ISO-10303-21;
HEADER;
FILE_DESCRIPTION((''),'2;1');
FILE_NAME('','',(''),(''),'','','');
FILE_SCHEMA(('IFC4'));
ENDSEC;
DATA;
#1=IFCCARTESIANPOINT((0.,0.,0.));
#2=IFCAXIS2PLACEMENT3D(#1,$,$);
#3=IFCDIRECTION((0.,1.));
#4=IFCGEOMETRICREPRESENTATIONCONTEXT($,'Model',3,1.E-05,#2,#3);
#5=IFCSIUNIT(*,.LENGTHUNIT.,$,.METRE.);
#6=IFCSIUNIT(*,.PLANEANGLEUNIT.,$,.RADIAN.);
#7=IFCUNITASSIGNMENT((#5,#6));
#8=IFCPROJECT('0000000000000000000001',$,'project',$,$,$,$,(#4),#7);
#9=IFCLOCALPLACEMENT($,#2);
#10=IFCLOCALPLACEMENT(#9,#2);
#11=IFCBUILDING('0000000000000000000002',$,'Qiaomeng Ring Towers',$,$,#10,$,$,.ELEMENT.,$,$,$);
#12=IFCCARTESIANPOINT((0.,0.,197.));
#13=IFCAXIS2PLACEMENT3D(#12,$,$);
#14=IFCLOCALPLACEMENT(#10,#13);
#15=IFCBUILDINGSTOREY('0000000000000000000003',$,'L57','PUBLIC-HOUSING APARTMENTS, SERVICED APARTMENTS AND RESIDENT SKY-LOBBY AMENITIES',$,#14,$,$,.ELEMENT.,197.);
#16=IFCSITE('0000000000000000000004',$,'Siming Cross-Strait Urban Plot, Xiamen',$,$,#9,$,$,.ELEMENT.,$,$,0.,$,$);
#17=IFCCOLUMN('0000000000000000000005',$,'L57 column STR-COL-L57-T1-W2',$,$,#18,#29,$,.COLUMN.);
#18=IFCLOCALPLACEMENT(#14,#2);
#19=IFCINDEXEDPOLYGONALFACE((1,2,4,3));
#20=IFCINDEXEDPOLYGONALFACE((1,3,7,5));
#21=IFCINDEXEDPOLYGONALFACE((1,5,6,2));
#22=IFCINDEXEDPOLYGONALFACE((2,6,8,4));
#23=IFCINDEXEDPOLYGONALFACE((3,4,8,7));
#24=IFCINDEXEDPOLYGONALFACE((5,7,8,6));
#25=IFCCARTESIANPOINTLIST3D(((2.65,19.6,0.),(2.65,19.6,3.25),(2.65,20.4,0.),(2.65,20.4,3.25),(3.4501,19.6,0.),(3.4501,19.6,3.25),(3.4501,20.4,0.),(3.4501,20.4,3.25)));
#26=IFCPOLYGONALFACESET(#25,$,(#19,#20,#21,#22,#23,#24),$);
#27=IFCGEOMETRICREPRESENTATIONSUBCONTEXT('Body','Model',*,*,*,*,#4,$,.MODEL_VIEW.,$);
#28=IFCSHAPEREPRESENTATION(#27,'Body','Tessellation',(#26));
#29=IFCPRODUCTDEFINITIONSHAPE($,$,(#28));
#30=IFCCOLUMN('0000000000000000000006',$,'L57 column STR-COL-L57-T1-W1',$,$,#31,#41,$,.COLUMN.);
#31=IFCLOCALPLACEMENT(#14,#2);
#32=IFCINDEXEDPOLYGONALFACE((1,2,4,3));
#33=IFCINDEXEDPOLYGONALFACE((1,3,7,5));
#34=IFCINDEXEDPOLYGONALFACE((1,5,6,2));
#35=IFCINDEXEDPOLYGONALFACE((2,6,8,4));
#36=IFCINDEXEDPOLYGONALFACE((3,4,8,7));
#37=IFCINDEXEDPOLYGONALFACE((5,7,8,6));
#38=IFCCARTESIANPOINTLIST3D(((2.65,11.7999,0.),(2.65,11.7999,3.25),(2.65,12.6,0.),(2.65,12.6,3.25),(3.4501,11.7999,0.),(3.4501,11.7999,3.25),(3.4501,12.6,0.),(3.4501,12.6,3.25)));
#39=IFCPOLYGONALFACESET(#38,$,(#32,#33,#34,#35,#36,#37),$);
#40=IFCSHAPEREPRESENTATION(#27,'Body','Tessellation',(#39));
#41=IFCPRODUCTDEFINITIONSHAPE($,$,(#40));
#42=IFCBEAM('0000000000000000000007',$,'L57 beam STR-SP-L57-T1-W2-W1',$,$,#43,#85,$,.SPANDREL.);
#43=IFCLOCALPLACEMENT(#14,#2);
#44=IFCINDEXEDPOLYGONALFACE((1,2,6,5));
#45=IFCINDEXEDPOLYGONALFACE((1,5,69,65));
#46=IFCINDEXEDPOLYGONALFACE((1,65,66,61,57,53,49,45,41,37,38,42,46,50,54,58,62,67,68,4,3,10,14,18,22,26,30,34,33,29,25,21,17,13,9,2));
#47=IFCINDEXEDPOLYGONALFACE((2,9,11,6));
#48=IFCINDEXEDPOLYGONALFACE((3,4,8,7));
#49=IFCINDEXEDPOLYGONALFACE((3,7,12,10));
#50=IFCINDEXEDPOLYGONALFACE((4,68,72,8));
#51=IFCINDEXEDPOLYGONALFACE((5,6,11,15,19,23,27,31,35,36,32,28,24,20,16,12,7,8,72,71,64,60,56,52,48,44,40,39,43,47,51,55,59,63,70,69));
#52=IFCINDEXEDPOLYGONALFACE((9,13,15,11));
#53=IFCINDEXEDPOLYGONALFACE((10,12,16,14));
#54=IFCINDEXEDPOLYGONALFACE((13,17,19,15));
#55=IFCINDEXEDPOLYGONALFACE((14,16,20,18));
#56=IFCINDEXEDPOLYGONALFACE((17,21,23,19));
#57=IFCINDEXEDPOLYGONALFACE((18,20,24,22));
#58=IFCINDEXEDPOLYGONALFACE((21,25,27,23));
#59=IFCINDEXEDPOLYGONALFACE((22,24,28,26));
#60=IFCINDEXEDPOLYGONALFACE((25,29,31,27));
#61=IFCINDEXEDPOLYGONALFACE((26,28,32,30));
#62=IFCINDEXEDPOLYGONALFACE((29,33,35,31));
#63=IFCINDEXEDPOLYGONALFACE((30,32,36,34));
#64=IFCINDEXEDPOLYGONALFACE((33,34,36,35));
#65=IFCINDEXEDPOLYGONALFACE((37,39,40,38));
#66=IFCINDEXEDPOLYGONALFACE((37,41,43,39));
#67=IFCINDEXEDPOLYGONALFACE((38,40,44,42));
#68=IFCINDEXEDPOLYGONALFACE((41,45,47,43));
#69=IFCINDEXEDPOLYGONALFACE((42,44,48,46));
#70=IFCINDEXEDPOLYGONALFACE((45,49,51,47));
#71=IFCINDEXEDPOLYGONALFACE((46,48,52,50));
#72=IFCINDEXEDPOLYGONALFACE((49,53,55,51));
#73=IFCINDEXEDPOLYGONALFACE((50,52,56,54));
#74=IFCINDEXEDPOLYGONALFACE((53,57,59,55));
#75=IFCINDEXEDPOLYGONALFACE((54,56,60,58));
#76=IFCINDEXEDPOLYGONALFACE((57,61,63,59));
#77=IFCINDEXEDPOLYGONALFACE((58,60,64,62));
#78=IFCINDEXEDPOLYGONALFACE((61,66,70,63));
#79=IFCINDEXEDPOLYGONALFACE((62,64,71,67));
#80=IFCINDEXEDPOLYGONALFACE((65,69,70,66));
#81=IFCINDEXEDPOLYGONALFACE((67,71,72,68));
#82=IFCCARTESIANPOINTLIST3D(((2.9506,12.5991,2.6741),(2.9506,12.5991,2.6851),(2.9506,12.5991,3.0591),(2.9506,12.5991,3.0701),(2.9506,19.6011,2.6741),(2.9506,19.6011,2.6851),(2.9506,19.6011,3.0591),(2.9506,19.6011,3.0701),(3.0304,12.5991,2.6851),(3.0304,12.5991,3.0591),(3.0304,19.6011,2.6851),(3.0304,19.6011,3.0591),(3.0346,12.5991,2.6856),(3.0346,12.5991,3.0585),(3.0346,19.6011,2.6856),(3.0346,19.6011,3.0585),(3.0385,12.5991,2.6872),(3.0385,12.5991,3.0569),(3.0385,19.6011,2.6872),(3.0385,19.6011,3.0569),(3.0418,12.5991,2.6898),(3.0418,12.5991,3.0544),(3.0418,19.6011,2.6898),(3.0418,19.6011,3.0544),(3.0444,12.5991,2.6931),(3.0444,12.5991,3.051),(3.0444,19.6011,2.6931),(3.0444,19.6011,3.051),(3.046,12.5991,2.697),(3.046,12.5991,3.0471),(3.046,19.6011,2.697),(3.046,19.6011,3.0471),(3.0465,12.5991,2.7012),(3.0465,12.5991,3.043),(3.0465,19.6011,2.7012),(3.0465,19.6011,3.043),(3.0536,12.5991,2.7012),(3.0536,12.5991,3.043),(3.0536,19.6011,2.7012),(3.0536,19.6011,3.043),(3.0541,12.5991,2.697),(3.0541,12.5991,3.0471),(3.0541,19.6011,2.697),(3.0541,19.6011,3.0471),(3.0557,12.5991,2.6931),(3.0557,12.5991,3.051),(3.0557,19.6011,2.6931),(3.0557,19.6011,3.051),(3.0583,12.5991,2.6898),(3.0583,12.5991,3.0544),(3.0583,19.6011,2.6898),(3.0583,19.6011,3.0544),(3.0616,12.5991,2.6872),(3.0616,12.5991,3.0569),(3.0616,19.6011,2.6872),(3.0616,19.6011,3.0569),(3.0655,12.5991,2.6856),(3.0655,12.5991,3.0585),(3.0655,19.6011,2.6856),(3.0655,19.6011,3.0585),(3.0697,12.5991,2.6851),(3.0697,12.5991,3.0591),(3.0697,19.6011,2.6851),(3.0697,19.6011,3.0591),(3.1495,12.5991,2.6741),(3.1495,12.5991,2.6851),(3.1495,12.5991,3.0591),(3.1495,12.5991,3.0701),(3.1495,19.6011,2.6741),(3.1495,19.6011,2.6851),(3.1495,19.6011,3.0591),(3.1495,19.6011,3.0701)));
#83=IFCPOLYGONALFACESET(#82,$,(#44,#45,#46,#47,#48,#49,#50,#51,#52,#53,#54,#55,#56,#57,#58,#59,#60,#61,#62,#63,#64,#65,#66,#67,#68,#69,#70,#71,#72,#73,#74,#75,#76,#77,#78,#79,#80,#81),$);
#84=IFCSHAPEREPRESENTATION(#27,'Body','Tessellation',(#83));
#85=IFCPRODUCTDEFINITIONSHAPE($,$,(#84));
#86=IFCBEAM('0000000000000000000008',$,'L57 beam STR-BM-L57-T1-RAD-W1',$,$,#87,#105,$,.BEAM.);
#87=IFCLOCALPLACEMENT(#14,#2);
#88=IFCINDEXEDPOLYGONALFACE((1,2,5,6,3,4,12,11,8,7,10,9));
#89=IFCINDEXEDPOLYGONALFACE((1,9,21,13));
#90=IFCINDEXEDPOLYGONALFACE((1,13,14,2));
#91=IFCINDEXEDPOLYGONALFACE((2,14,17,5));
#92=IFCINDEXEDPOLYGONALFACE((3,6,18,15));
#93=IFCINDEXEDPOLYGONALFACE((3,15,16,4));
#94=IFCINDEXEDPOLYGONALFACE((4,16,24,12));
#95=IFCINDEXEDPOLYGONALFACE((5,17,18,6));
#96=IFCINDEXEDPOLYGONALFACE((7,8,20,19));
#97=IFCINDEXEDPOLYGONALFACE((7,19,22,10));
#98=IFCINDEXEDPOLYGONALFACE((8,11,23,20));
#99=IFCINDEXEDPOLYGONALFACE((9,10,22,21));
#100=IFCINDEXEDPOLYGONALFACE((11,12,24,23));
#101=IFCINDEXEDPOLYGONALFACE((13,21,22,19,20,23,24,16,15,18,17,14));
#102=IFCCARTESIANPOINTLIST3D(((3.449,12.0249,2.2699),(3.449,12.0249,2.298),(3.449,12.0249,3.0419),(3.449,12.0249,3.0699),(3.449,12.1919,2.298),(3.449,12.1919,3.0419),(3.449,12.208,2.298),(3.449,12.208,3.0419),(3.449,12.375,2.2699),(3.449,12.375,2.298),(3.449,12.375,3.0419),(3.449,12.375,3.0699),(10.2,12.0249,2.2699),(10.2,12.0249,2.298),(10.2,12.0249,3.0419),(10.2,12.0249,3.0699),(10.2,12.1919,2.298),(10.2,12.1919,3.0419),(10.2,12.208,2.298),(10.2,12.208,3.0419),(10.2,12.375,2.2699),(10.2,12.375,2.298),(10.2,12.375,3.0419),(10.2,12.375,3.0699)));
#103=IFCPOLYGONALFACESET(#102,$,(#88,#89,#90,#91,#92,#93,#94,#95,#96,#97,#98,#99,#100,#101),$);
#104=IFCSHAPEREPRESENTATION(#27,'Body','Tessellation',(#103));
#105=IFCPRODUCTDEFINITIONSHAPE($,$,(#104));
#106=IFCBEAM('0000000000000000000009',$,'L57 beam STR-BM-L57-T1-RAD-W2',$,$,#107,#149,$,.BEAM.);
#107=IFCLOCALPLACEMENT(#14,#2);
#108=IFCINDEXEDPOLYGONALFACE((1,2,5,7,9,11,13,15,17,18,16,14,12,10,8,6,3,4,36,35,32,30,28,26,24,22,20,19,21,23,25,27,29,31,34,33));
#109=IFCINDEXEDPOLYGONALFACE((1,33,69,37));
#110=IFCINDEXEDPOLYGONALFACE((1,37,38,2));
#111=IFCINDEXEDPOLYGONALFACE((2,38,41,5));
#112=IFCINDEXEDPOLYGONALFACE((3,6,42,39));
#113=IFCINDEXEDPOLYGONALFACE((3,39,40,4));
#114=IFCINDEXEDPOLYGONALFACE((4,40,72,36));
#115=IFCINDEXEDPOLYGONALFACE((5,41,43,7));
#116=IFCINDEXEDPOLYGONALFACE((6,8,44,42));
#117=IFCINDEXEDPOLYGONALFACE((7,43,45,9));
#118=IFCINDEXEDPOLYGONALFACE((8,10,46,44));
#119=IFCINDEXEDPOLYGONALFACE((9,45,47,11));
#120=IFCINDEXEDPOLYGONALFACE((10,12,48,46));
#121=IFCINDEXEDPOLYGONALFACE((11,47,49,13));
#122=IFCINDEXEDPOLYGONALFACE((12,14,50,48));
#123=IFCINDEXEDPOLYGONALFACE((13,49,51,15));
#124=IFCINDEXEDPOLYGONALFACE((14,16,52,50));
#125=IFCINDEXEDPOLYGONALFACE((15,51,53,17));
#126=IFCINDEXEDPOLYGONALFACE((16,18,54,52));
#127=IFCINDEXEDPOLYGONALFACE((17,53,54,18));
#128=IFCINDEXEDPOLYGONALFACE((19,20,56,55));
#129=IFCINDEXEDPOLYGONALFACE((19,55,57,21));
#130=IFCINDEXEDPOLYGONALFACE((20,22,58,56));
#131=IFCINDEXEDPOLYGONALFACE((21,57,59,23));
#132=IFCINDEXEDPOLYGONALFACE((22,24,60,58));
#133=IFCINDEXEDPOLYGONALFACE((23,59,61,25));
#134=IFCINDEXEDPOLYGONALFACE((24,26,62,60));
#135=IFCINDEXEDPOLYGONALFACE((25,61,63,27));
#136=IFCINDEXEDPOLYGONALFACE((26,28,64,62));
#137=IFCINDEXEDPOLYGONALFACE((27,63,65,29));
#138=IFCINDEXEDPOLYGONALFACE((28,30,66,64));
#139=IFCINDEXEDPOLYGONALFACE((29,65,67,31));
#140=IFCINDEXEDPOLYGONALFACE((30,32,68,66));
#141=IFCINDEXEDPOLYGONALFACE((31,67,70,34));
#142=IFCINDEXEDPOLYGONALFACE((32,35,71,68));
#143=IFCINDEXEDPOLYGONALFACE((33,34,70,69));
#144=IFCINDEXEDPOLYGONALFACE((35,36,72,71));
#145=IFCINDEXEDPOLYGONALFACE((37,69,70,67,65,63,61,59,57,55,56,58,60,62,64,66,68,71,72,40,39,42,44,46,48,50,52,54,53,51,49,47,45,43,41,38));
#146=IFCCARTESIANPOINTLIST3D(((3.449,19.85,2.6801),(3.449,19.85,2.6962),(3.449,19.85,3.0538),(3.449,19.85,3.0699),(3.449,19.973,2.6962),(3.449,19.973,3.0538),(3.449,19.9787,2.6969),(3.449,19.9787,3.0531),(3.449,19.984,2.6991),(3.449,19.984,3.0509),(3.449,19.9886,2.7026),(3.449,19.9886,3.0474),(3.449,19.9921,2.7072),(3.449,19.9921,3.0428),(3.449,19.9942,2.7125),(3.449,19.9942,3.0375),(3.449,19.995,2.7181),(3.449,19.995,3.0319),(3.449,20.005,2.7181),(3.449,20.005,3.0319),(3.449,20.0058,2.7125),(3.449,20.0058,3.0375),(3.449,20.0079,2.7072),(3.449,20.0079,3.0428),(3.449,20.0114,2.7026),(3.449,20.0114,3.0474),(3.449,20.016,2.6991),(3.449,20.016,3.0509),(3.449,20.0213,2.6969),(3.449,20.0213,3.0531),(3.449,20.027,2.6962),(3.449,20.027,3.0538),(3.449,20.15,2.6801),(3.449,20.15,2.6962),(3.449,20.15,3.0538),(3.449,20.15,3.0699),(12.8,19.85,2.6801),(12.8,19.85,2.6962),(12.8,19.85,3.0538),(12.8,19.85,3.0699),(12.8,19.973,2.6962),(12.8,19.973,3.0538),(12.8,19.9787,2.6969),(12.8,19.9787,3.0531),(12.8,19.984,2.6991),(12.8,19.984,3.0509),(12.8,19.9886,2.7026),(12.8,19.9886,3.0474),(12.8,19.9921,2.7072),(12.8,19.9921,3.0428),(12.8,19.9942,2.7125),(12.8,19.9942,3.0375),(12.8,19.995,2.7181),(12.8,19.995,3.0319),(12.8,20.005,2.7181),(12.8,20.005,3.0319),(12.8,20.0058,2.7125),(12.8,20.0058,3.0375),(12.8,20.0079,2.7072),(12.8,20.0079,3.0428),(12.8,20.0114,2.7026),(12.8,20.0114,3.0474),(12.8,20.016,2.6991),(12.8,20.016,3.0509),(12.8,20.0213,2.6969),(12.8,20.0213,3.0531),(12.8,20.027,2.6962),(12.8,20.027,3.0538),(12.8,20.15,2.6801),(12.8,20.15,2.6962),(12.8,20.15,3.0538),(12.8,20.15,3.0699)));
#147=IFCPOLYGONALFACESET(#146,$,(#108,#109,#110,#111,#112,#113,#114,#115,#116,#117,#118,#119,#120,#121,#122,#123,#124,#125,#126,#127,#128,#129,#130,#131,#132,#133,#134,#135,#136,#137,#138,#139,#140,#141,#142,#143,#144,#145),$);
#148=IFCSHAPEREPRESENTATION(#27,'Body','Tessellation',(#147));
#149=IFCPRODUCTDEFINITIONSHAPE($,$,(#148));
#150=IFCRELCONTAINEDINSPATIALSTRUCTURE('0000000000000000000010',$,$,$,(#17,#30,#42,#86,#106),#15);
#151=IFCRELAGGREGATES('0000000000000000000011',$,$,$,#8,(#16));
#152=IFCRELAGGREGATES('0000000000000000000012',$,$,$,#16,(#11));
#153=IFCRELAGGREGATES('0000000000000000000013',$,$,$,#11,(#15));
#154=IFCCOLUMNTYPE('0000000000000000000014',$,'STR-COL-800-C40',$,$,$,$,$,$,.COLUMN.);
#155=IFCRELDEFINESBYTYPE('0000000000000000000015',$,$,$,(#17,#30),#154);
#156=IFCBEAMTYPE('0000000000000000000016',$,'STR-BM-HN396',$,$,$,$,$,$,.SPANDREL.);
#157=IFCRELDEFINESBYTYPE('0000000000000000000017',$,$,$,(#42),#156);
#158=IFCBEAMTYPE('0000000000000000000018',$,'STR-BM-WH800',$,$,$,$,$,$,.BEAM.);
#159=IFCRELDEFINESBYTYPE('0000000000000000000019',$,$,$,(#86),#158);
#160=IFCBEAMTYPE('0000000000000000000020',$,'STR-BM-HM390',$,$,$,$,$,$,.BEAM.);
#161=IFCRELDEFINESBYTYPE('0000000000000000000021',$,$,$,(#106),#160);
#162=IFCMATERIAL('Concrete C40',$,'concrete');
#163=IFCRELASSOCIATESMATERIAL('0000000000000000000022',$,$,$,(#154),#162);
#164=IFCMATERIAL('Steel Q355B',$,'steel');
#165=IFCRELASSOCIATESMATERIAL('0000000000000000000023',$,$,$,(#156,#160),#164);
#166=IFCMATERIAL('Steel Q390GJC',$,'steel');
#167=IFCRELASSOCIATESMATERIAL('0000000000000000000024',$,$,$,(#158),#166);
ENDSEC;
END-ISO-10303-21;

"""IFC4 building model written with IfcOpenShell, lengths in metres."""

from ifc_helpers import new_model, si_unit, direction, frame, origin, origin_2d, place, context, subcontext, project, spatial, rectangle, i_section, extrude, source, transform, mapped, material, material_profile, profile_set, type_object, element, save


model = new_model("IFC4")

# Units and contexts
model_context = context("Model", 3, precision=1e-05, world=origin(), true_north=direction((0.0, 1.0)))
body_context = subcontext(model_context, "Body", "Model", "MODEL_VIEW")
ifc_project = project(units=[si_unit("LENGTHUNIT", "METRE"), si_unit("PLANEANGLEUNIT", "RADIAN")], contexts=[model_context])

# Site, building, storey
site_placement = place(None, origin())
site = spatial("IfcSite", under=ifc_project, at=site_placement, Name="Siming Cross-Strait Urban Plot, Xiamen", CompositionType="ELEMENT", RefElevation=0.0)
building_placement = place(site_placement, origin())
building = spatial("IfcBuilding", under=site, at=building_placement, Name="Qiaomeng Ring Towers", CompositionType="ELEMENT")
storey_placement = place(building_placement, frame((0.0, 0.0, 197.0)))
storey = spatial("IfcBuildingStorey", under=building, at=storey_placement, Name="L57", Description="PUBLIC-HOUSING APARTMENTS, SERVICED APARTMENTS AND RESIDENT SKY-LOBBY AMENITIES", CompositionType="ELEMENT", Elevation=197.0)

# Columns
ifc_material_1 = material(Name="Concrete C40", Category="concrete")
ifc_material_profile_1 = material_profile(ifc_material_1, rectangle(XDim=0.8, YDim=0.8, at=origin_2d()), Name="RC COL 800x800")
ifc_profile_set_1 = profile_set([ifc_material_profile_1], Name="Concrete C40")
column_type = type_object("IfcColumnType", Name="STR-COL-800-C40", PredefinedType="COLUMN", material=ifc_profile_set_1)
shared_shape_1 = source(origin(), body_context, "Body", "SweptSolid", [
    extrude(rectangle(XDim=0.8, YDim=0.8, at=origin_2d()), origin(), (0.0, 0.0, 1.0), 3.25),
])
for number, where, z_axis, x_axis, name in (
    (1, (3.05, 20.0, 0.0), (0.0, 0.0, 1.0), (1.0, 0.0, 0.0), "L57 column STR-COL-L57-T1-W2"),
    (2, (3.05, 12.2, 0.0), (0.0, 0.0, 1.0), (1.0, 0.0, 0.0), "L57 column STR-COL-L57-T1-W1"),
):
    element("IfcColumn", number, at=place(storey_placement, frame(where, z_axis=z_axis, x_axis=x_axis)), inside=storey, type_object=column_type, Name=name, PredefinedType="COLUMN", context=body_context, shape_type="MappedRepresentation", body=[
        mapped(shared_shape_1, transform((0.0, 0.0, 0.0), x_axis=(1.0, 0.0, 0.0), y_axis=(0.0, 1.0, 0.0), z_axis=(0.0, 0.0, 1.0), scale=1.0)),
    ])

# Beams
ifc_material_2 = material(Name="Steel Q355B", Category="steel")
ifc_material_profile_2 = material_profile(ifc_material_2, i_section(OverallWidth=0.199, OverallDepth=0.396, WebThickness=0.0071, FlangeThickness=0.011, FilletRadius=0.0161, at=origin_2d()), Name="HN 396x199x7x11")
ifc_profile_set_2 = profile_set([ifc_material_profile_2], Name="Steel Q355B")
beam_type_1 = type_object("IfcBeamType", Name="STR-BM-HN396", PredefinedType="SPANDREL", material=ifc_profile_set_2)
shared_shape_2 = source(origin(), body_context, "Body", "SweptSolid", [
    extrude(i_section(OverallWidth=0.199, OverallDepth=0.396, WebThickness=0.0071, FlangeThickness=0.011, FilletRadius=0.0161, at=origin_2d()), origin(), (0.0, 0.0, 1.0), 7.002),
])
beam_1_placement = place(storey_placement, frame((3.05, 19.6011, 2.8721), z_axis=(0.0, -1.0, 0.0), x_axis=(1.0, 0.0, 0.0)))
element("IfcBeam", 3, at=beam_1_placement, inside=storey, type_object=beam_type_1, Name="L57 beam STR-SP-L57-T1-W2-W1", PredefinedType="SPANDREL", context=body_context, shape_type="MappedRepresentation", body=[
    mapped(shared_shape_2, transform((0.0, 0.0, 0.0), x_axis=(1.0, 0.0, 0.0), y_axis=(0.0, 1.0, 0.0), z_axis=(0.0, 0.0, 1.0), scale=1.0)),
])
ifc_material_3 = material(Name="Steel Q390GJC", Category="steel")
ifc_material_profile_3 = material_profile(ifc_material_3, i_section(OverallWidth=0.3501, OverallDepth=0.8, WebThickness=0.0161, FlangeThickness=0.0281, at=origin_2d()), Name="WH 800x350x16x28")
ifc_profile_set_3 = profile_set([ifc_material_profile_3], Name="Steel Q390GJC")
beam_type_2 = type_object("IfcBeamType", Name="STR-BM-WH800", PredefinedType="BEAM", material=ifc_profile_set_3)
shared_shape_3 = source(origin(), body_context, "Body", "SweptSolid", [
    extrude(i_section(OverallWidth=0.3501, OverallDepth=0.8, WebThickness=0.0161, FlangeThickness=0.0281, at=origin_2d()), origin(), (0.0, 0.0, 1.0), 6.751),
])
beam_2_placement = place(storey_placement, frame((3.449, 12.2, 2.6699), z_axis=(1.0, 0.0, 0.0), x_axis=(0.0, 1.0, 0.0)))
element("IfcBeam", 4, at=beam_2_placement, inside=storey, type_object=beam_type_2, Name="L57 beam STR-BM-L57-T1-RAD-W1", PredefinedType="BEAM", context=body_context, shape_type="MappedRepresentation", body=[
    mapped(shared_shape_3, transform((0.0, 0.0, 0.0), x_axis=(1.0, 0.0, 0.0), y_axis=(0.0, 1.0, 0.0), z_axis=(0.0, 0.0, 1.0), scale=1.0)),
])
ifc_material_profile_4 = material_profile(ifc_material_2, i_section(OverallWidth=0.3, OverallDepth=0.3899, WebThickness=0.01, FlangeThickness=0.0161, FilletRadius=0.022, at=origin_2d()), Name="HM 390x300x10x16")
ifc_profile_set_4 = profile_set([ifc_material_profile_4], Name="Steel Q355B")
beam_type_3 = type_object("IfcBeamType", Name="STR-BM-HM390", PredefinedType="BEAM", material=ifc_profile_set_4)
shared_shape_4 = source(origin(), body_context, "Body", "SweptSolid", [
    extrude(i_section(OverallWidth=0.3, OverallDepth=0.3899, WebThickness=0.01, FlangeThickness=0.0161, FilletRadius=0.022, at=origin_2d()), origin(), (0.0, 0.0, 1.0), 9.3511),
])
beam_3_placement = place(storey_placement, frame((3.449, 20.0, 2.875), z_axis=(1.0, 0.0, 0.0), x_axis=(0.0, 1.0, 0.0)))
element("IfcBeam", 5, at=beam_3_placement, inside=storey, type_object=beam_type_3, Name="L57 beam STR-BM-L57-T1-RAD-W2", PredefinedType="BEAM", context=body_context, shape_type="MappedRepresentation", body=[
    mapped(shared_shape_4, transform((0.0, 0.0, 0.0), x_axis=(1.0, 0.0, 0.0), y_axis=(0.0, 1.0, 0.0), z_axis=(0.0, 0.0, 1.0), scale=1.0)),
])

save(model, "model.ifc")
